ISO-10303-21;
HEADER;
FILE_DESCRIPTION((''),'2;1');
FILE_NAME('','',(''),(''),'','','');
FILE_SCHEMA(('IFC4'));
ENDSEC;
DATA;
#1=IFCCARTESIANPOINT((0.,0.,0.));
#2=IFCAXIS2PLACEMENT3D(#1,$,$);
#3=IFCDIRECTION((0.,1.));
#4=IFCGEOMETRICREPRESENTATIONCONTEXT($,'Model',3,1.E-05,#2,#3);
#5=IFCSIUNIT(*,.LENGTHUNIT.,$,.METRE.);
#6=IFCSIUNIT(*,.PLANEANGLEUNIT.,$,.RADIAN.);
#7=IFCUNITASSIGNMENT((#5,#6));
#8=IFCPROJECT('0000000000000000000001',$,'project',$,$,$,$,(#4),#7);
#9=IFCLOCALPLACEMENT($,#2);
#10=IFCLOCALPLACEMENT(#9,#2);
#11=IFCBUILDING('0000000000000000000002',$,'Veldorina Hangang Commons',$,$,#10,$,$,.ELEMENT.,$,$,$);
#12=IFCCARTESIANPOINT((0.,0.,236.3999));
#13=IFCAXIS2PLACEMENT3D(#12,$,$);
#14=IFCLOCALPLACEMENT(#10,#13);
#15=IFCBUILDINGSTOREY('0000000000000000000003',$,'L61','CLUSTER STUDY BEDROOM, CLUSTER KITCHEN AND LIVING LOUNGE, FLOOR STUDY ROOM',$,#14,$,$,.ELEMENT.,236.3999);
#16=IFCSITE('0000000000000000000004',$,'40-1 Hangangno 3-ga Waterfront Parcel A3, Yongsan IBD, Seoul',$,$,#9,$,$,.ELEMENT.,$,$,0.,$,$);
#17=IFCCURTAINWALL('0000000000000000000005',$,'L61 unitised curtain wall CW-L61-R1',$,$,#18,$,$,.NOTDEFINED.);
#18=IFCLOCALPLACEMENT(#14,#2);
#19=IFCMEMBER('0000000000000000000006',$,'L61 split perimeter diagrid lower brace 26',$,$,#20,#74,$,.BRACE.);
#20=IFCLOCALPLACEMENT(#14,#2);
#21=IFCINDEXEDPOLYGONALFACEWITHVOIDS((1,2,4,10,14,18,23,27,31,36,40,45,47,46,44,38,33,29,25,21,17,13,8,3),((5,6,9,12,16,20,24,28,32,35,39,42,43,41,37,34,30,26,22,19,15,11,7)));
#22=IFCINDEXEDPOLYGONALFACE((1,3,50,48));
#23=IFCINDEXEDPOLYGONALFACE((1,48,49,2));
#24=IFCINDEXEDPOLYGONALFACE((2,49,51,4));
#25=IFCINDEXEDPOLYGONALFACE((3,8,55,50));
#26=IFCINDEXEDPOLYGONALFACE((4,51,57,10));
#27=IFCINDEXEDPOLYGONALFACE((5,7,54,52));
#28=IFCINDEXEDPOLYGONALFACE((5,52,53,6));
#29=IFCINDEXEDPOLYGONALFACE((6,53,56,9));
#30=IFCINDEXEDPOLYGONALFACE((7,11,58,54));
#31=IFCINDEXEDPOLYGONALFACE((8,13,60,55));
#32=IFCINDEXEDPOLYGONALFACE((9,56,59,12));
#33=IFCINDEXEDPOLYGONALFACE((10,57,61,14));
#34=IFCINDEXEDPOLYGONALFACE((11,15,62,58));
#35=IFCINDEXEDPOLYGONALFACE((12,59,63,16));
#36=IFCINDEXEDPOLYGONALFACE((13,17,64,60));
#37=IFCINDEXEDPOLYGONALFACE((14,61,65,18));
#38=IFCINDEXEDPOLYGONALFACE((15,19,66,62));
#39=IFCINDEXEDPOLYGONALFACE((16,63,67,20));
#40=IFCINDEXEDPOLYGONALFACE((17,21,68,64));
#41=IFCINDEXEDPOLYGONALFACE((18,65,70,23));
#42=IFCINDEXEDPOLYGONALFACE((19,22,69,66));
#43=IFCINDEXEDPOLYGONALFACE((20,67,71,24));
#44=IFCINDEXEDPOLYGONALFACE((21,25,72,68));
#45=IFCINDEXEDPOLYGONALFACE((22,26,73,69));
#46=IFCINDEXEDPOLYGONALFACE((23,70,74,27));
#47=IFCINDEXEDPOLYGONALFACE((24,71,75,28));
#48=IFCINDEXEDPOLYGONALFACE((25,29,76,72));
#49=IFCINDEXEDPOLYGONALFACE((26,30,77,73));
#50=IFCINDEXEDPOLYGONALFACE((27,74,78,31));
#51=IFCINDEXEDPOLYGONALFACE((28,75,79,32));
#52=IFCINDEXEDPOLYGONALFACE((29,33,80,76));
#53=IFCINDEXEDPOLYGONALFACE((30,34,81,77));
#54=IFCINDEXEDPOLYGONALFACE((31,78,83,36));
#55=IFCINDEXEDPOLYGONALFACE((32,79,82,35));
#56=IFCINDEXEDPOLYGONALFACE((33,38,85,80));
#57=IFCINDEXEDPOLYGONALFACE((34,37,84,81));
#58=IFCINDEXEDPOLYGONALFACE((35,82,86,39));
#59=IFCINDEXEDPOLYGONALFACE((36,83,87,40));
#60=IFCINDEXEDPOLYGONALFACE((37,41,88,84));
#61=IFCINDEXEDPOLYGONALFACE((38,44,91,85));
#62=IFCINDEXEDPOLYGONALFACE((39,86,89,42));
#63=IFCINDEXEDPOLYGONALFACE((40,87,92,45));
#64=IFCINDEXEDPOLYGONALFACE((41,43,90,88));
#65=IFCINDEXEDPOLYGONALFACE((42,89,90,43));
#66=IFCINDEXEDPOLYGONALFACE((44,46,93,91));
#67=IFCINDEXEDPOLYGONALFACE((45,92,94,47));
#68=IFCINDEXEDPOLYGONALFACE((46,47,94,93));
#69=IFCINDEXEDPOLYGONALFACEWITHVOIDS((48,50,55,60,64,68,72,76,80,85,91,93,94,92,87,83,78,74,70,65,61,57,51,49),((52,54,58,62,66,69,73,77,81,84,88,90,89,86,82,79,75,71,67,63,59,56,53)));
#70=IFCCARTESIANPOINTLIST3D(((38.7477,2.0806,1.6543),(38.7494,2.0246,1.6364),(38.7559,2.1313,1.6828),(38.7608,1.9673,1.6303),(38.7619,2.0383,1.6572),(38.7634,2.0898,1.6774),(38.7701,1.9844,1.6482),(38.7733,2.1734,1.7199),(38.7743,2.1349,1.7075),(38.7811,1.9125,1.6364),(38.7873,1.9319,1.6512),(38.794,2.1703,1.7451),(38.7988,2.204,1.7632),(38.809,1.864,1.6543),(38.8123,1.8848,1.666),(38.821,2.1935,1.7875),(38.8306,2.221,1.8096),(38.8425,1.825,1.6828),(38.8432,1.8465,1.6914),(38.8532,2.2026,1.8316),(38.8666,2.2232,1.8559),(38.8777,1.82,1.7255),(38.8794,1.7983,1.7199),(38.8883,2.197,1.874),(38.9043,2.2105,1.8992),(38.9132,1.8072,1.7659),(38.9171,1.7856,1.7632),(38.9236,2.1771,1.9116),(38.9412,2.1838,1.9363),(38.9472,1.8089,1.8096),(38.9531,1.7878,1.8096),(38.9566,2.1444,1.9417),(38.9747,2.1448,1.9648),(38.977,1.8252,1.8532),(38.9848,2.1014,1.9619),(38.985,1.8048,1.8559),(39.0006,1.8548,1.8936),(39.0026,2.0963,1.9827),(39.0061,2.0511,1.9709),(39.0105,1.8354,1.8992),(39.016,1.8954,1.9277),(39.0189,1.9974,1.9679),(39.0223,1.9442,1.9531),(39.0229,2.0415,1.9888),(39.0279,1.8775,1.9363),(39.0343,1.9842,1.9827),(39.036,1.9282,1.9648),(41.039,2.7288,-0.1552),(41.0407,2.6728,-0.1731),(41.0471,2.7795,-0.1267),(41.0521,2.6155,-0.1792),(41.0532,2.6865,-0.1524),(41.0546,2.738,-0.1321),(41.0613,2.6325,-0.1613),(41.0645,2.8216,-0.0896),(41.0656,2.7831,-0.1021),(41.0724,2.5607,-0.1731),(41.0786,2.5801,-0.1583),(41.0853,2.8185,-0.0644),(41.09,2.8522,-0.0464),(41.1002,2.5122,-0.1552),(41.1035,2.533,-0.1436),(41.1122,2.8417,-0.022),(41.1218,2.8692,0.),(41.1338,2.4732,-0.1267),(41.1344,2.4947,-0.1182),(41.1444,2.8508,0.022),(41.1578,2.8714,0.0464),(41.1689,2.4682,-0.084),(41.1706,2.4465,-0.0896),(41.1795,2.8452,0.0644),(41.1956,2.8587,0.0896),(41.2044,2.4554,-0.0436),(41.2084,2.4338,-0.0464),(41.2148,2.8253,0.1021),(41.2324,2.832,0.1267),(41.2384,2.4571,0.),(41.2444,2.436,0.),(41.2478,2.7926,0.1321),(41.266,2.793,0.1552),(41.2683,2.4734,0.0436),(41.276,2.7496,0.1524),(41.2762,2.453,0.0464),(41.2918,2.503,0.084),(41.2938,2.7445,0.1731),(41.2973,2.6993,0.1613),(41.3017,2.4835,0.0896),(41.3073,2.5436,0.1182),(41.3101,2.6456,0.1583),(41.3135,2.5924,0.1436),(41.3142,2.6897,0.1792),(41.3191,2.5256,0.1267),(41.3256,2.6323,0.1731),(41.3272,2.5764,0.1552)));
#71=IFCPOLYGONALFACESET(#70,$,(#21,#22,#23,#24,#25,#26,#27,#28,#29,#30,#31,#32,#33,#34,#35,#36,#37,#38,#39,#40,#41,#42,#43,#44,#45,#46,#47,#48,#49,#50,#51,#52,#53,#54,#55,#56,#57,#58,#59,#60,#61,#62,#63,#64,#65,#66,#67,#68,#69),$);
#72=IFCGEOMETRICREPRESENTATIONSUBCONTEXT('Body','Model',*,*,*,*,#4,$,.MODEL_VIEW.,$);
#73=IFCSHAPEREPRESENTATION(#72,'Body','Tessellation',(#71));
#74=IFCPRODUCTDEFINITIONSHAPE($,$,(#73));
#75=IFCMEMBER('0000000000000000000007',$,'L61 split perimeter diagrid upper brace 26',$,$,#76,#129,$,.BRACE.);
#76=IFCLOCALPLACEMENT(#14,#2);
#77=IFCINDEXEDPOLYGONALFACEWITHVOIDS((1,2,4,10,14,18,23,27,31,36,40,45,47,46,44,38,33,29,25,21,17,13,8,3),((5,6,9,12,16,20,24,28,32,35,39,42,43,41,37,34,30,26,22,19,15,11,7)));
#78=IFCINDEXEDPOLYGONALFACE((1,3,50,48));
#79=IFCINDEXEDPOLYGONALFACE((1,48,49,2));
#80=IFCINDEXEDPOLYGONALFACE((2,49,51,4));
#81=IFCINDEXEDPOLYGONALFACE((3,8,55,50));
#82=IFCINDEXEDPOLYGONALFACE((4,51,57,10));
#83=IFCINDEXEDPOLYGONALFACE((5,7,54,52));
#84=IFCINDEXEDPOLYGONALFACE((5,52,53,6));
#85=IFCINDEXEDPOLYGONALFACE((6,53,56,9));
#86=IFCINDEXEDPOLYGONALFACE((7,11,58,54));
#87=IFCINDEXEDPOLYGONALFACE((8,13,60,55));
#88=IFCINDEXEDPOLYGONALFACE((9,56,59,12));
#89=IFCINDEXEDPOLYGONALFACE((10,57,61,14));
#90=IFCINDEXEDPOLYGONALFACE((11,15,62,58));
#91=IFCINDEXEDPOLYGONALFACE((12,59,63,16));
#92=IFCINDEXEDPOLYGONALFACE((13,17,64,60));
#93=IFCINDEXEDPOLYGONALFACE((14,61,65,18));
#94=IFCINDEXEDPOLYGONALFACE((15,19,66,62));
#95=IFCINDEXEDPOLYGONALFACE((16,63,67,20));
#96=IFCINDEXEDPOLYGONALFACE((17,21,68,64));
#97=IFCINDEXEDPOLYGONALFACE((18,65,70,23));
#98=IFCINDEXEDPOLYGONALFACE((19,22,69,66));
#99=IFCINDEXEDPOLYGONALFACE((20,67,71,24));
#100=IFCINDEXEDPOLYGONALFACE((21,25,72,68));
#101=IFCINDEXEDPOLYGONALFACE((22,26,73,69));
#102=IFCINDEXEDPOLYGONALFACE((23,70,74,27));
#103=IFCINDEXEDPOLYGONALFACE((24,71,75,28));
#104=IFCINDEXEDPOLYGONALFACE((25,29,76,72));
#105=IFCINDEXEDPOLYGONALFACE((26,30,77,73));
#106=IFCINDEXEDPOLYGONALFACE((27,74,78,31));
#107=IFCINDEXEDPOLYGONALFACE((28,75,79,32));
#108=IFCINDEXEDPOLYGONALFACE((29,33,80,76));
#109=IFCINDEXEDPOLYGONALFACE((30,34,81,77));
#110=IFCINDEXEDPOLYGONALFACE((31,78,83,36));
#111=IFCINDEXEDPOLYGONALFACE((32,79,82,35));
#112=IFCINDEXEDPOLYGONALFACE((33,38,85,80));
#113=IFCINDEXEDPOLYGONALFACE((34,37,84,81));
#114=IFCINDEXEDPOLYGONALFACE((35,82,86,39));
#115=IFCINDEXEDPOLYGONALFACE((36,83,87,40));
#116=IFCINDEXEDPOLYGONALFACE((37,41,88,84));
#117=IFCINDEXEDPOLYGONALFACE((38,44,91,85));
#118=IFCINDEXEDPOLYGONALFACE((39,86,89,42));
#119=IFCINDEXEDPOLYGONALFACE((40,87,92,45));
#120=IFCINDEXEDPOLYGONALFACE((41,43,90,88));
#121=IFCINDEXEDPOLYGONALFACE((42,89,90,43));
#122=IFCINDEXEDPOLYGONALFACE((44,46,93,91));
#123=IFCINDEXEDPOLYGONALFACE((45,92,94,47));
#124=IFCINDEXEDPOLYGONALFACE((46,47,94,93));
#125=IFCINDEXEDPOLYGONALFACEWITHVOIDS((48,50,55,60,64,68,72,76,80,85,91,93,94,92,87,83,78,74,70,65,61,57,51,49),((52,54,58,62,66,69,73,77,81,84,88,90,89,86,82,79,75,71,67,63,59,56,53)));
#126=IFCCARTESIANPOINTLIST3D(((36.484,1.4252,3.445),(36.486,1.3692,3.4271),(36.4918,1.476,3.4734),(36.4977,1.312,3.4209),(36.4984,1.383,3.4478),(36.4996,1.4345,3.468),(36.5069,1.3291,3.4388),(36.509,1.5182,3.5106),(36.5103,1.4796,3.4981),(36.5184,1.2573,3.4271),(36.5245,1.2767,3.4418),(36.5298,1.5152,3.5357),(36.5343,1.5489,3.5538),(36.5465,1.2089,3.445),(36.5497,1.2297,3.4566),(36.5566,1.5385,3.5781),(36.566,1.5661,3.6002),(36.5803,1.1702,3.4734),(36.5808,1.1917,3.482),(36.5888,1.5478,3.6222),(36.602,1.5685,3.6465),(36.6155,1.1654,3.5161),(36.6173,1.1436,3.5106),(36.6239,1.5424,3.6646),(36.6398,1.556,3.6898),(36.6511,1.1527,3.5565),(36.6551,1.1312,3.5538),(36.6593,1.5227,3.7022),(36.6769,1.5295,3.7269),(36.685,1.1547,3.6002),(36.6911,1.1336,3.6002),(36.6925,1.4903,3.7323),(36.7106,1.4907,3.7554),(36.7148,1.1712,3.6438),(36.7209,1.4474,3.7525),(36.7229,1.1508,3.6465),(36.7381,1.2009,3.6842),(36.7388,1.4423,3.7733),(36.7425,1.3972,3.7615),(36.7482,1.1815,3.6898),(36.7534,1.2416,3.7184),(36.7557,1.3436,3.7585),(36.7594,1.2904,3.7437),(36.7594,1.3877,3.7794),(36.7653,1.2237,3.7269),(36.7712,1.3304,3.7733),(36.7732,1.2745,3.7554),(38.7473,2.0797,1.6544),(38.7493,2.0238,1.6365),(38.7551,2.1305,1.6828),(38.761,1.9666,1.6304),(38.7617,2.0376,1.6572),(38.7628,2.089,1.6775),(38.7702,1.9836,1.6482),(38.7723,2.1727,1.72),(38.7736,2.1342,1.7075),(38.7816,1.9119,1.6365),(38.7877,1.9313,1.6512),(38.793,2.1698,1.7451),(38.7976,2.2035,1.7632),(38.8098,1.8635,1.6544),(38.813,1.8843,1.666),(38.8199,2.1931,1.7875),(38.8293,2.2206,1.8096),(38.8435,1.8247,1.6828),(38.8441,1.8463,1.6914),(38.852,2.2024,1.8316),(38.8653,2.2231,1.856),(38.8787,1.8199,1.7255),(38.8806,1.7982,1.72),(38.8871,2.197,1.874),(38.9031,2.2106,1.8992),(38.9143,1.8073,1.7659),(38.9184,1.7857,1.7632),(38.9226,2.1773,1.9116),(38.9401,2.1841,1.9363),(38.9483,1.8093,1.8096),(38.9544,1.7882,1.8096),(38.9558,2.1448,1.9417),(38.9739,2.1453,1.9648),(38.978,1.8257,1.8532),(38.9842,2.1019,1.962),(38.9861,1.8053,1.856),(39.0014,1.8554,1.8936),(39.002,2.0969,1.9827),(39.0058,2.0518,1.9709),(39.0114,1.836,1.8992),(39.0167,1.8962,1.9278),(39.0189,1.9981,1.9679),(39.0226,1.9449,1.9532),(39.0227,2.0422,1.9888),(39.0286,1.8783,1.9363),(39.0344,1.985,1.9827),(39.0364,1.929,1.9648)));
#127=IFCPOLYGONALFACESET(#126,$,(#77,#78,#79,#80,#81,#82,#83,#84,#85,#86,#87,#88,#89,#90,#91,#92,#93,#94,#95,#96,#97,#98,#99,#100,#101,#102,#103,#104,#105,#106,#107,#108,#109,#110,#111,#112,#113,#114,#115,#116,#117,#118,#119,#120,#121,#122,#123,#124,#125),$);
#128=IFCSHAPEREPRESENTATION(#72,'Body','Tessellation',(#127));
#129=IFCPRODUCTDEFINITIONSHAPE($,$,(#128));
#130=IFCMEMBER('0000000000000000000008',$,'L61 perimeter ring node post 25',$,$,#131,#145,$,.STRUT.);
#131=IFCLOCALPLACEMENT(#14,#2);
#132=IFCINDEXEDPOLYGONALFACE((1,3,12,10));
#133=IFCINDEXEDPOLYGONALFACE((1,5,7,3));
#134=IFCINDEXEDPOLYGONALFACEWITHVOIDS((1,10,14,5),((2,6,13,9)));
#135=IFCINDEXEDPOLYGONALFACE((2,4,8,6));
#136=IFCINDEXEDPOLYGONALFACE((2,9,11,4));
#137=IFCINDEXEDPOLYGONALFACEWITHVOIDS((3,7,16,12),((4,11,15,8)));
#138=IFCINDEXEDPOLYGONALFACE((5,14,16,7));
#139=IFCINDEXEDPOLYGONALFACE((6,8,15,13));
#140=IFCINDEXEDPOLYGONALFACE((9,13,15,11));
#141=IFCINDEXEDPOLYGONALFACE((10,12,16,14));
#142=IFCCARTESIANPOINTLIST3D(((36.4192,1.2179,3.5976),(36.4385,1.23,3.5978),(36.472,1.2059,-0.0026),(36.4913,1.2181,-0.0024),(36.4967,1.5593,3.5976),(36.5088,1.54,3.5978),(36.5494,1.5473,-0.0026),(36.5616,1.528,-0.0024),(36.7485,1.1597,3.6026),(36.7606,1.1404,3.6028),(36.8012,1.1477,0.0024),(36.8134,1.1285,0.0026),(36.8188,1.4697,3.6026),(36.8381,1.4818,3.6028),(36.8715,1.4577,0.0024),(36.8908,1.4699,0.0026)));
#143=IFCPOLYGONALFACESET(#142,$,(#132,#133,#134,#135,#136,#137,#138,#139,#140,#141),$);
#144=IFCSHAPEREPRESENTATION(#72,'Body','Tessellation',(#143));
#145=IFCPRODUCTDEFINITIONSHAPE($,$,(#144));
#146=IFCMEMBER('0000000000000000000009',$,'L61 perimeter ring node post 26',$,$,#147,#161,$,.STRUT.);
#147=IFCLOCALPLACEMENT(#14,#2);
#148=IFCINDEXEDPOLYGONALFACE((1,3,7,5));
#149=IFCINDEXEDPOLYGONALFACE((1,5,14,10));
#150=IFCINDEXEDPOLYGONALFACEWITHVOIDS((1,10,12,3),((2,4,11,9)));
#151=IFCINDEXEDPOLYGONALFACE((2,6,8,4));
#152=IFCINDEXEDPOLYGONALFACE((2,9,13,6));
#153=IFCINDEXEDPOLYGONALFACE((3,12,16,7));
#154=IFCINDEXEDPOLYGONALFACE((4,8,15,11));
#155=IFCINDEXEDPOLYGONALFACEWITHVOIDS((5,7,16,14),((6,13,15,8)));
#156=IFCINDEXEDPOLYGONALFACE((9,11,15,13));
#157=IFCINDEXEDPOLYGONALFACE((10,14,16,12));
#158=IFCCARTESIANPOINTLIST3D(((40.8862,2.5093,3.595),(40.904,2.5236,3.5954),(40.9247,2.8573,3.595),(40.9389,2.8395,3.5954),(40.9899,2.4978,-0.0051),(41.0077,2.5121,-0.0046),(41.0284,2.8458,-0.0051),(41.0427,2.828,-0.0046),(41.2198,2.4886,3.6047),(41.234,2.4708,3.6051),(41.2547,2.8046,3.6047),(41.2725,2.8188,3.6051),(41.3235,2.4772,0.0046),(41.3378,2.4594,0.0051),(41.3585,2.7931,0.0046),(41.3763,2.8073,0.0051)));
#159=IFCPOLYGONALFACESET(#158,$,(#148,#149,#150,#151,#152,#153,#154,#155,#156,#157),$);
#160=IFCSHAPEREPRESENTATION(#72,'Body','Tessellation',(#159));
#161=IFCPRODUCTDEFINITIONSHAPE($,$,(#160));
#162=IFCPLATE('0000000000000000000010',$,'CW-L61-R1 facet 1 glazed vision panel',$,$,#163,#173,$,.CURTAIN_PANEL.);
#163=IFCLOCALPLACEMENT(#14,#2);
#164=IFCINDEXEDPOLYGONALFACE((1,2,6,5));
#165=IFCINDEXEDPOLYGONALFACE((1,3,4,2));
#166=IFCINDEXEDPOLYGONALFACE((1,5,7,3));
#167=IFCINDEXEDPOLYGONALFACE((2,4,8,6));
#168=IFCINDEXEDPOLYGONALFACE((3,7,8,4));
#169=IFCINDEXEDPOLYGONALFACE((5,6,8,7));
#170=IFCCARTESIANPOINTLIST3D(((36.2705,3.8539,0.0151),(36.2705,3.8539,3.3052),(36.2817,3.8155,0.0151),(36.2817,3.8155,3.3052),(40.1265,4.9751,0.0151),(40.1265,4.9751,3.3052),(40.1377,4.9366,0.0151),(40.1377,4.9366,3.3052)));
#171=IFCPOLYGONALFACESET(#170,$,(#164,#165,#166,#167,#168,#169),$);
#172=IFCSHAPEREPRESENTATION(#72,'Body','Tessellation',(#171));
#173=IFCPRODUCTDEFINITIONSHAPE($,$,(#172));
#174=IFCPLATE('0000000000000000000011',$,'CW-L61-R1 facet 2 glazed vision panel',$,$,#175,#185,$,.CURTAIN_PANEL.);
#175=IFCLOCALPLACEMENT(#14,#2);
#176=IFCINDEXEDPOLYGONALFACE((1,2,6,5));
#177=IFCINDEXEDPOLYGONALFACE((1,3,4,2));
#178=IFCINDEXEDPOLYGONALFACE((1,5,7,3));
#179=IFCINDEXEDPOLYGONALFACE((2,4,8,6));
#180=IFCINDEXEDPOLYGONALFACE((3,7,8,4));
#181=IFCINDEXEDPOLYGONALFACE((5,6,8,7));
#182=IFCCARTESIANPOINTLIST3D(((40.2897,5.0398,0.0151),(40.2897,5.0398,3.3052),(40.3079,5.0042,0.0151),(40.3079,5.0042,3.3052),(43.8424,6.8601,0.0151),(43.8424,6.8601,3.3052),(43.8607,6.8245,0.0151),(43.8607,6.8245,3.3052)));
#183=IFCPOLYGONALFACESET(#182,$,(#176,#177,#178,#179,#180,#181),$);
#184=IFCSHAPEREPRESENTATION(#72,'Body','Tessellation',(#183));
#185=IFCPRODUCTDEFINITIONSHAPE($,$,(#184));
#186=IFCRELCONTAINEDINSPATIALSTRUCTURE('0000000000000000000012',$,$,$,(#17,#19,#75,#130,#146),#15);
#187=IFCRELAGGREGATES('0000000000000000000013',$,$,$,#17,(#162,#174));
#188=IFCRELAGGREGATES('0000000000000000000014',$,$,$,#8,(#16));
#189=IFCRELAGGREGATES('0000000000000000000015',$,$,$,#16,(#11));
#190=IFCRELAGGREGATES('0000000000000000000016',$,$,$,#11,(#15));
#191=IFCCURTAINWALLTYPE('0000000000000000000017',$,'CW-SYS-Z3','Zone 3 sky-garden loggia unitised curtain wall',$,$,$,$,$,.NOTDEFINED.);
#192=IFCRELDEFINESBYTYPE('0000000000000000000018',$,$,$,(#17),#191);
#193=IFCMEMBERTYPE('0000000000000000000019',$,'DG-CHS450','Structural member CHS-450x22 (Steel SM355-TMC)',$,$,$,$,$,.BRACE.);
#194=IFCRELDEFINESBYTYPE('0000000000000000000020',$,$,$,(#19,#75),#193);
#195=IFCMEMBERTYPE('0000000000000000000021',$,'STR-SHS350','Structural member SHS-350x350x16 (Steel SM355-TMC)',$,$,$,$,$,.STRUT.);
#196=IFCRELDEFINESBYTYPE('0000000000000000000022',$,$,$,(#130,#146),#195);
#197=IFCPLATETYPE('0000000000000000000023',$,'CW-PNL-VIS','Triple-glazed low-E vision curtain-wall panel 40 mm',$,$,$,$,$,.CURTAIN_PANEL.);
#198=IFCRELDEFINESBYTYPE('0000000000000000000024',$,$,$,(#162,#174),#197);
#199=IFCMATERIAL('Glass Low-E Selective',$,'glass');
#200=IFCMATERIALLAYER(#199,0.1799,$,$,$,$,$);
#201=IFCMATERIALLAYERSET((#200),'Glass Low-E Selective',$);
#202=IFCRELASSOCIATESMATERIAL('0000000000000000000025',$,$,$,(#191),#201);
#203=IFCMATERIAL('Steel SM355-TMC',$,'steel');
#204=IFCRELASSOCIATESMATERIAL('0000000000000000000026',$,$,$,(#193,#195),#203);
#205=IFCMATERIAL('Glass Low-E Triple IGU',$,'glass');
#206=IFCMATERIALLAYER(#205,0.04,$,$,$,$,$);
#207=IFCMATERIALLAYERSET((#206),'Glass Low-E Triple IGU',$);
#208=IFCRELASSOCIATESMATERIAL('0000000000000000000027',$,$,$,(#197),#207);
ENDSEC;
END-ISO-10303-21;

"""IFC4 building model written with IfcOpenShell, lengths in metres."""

from ifc_helpers import new_model, si_unit, direction, frame, origin, origin_2d, place, context, subcontext, project, spatial, rectangle, hollow_rectangle, hollow_circle, extrude, material, layer, layer_set, material_profile, profile_set, type_object, element, aggregate, save


model = new_model("IFC4")

# Units and contexts
model_context = context("Model", 3, precision=1e-05, world=origin(), true_north=direction((0.0, 1.0)))
body_context = subcontext(model_context, "Body", "Model", "MODEL_VIEW")
ifc_project = project(units=[si_unit("LENGTHUNIT", "METRE"), si_unit("PLANEANGLEUNIT", "RADIAN")], contexts=[model_context])

# Site, building, storey
site_placement = place(None, origin())
site = spatial("IfcSite", under=ifc_project, at=site_placement, Name="40-1 Hangangno 3-ga Waterfront Parcel A3, Yongsan IBD, Seoul", CompositionType="ELEMENT", RefElevation=0.0)
building_placement = place(site_placement, origin())
building = spatial("IfcBuilding", under=site, at=building_placement, Name="Veldorina Hangang Commons", CompositionType="ELEMENT")
storey_placement = place(building_placement, frame((0.0, 0.0, 236.3999)))
storey = spatial("IfcBuildingStorey", under=building, at=storey_placement, Name="L61", Description="CLUSTER STUDY BEDROOM, CLUSTER KITCHEN AND LIVING LOUNGE, FLOOR STUDY ROOM", CompositionType="ELEMENT", Elevation=236.3999)

# Shared definitions
ifc_material_1 = material(Name="Steel SM355-TMC", Category="steel")

# Curtain wall
ifc_material_2 = material(Name="Glass Low-E Selective", Category="glass")
ifc_layer_1 = layer(ifc_material_2, 0.1799)
ifc_layer_set_1 = layer_set([ifc_layer_1], Name="Glass Low-E Selective")
curtain_wall_type = type_object("IfcCurtainWallType", Name="CW-SYS-Z3", Description="Zone 3 sky-garden loggia unitised curtain wall", PredefinedType="NOTDEFINED", material=ifc_layer_set_1)
curtain_wall_placement = place(storey_placement, origin())
curtain_wall = element("IfcCurtainWall", 1, at=curtain_wall_placement, inside=storey, type_object=curtain_wall_type, Name="L61 unitised curtain wall CW-L61-R1", PredefinedType="NOTDEFINED")

# Members
ifc_material_profile_1 = material_profile(ifc_material_1, hollow_circle(Radius=0.2251, WallThickness=0.022, at=origin_2d()), Name="CHS-450x22")
ifc_profile_set_1 = profile_set([ifc_material_profile_1], Name="Steel SM355-TMC")
member_type_1 = type_object("IfcMemberType", Name="DG-CHS450", Description="Structural member CHS-450x22 (Steel SM355-TMC)", PredefinedType="BRACE", material=ifc_profile_set_1)
member_1_placement = place(storey_placement, frame((41.1831, 2.6526, 0.0), z_axis=(-0.766116, -0.216733, 0.605056), x_axis=(0.272215, -0.962236, 0.0)))
element("IfcMember", 2, at=member_1_placement, inside=storey, type_object=member_type_1, Name="L61 split perimeter diagrid lower brace 26", PredefinedType="BRACE", context=body_context, shape_type="SweptSolid", body=[
    extrude(hollow_circle(Radius=0.2251, WallThickness=0.022, at=origin_2d()), origin(), (0.0, 0.0, 1.0), 2.9907),
])
member_2_placement = place(storey_placement, frame((38.8918, 2.0044, 1.8096), z_axis=(-0.764816, -0.221194, 0.605087), x_axis=(0.277827, -0.960631, 0.0)))
element("IfcMember", 3, at=member_2_placement, inside=storey, type_object=member_type_1, Name="L61 split perimeter diagrid upper brace 26", PredefinedType="BRACE", context=body_context, shape_type="SweptSolid", body=[
    extrude(hollow_circle(Radius=0.2251, WallThickness=0.022, at=origin_2d()), origin(), (0.0, 0.0, 1.0), 2.9592),
])
ifc_material_profile_2 = material_profile(ifc_material_1, hollow_rectangle(XDim=0.3501, YDim=0.3501, WallThickness=0.0161, at=origin_2d()), Name="SHS-350x350x16")
ifc_profile_set_2 = profile_set([ifc_material_profile_2], Name="Steel SM355-TMC")
member_type_2 = type_object("IfcMemberType", Name="STR-SHS350", Description="Structural member SHS-350x350x16 (Steel SM355-TMC)", PredefinedType="STRUT", material=ifc_profile_set_2)
member_3_placement = place(storey_placement, frame((36.6814, 1.3379, 0.0), z_axis=(-0.014646, 0.003323, 0.999887), x_axis=(-0.221231, -0.975221, 0.0)))
element("IfcMember", 4, at=member_3_placement, inside=storey, type_object=member_type_2, Name="L61 perimeter ring node post 25", PredefinedType="STRUT", context=body_context, shape_type="SweptSolid", body=[
    extrude(hollow_rectangle(XDim=0.3501, YDim=0.3501, WallThickness=0.0161, at=origin_2d()), origin(), (0.0, 0.0, 1.0), 3.6006),
])
member_4_placement = place(storey_placement, frame((41.1831, 2.6526, 0.0), z_axis=(-0.028809, 0.003186, 0.99958), x_axis=(-0.109918, -0.993941, 0.0)))
element("IfcMember", 5, at=member_4_placement, inside=storey, type_object=member_type_2, Name="L61 perimeter ring node post 26", PredefinedType="STRUT", context=body_context, shape_type="SweptSolid", body=[
    extrude(hollow_rectangle(XDim=0.3501, YDim=0.3501, WallThickness=0.0161, at=origin_2d()), origin(), (0.0, 0.0, 1.0), 3.6016),
])

# Plates
ifc_material_3 = material(Name="Glass Low-E Triple IGU", Category="glass")
ifc_layer_2 = layer(ifc_material_3, 0.04)
ifc_layer_set_2 = layer_set([ifc_layer_2], Name="Glass Low-E Triple IGU")
plate_type_1 = type_object("IfcPlateType", Name="CW-PNL-VIS", Description="Triple-glazed low-E vision curtain-wall panel 40 mm", PredefinedType="CURTAIN_PANEL", material=ifc_layer_set_2)
plate_1_placement = place(storey_placement, frame((38.2041, 4.3953, 0.0151), z_axis=(0.0, 0.0, 1.0), x_axis=(0.960235, 0.279192, 0.0)))
plate_1 = element("IfcPlate", 6, at=plate_1_placement, type_object=plate_type_1, Name="CW-L61-R1 facet 1 glazed vision panel", PredefinedType="CURTAIN_PANEL", context=body_context, shape_type="SweptSolid", body=[
    extrude(rectangle(XDim=4.0156, YDim=0.04, at=origin_2d()), origin(), (0.0, 0.0, 1.0), 3.29),
])
plate_2_placement = place(storey_placement, frame((42.0752, 5.9321, 0.0151), z_axis=(0.0, 0.0, 1.0), x_axis=(0.889982, 0.455995, 0.0)))
plate_2 = element("IfcPlate", 7, at=plate_2_placement, type_object=plate_type_1, Name="CW-L61-R1 facet 2 glazed vision panel", PredefinedType="CURTAIN_PANEL", context=body_context, shape_type="SweptSolid", body=[
    extrude(rectangle(XDim=3.9919, YDim=0.04, at=origin_2d()), origin(), (0.0, 0.0, 1.0), 3.29),
])
aggregate(curtain_wall, [plate_1, plate_2])

save(model, "model.ifc")
